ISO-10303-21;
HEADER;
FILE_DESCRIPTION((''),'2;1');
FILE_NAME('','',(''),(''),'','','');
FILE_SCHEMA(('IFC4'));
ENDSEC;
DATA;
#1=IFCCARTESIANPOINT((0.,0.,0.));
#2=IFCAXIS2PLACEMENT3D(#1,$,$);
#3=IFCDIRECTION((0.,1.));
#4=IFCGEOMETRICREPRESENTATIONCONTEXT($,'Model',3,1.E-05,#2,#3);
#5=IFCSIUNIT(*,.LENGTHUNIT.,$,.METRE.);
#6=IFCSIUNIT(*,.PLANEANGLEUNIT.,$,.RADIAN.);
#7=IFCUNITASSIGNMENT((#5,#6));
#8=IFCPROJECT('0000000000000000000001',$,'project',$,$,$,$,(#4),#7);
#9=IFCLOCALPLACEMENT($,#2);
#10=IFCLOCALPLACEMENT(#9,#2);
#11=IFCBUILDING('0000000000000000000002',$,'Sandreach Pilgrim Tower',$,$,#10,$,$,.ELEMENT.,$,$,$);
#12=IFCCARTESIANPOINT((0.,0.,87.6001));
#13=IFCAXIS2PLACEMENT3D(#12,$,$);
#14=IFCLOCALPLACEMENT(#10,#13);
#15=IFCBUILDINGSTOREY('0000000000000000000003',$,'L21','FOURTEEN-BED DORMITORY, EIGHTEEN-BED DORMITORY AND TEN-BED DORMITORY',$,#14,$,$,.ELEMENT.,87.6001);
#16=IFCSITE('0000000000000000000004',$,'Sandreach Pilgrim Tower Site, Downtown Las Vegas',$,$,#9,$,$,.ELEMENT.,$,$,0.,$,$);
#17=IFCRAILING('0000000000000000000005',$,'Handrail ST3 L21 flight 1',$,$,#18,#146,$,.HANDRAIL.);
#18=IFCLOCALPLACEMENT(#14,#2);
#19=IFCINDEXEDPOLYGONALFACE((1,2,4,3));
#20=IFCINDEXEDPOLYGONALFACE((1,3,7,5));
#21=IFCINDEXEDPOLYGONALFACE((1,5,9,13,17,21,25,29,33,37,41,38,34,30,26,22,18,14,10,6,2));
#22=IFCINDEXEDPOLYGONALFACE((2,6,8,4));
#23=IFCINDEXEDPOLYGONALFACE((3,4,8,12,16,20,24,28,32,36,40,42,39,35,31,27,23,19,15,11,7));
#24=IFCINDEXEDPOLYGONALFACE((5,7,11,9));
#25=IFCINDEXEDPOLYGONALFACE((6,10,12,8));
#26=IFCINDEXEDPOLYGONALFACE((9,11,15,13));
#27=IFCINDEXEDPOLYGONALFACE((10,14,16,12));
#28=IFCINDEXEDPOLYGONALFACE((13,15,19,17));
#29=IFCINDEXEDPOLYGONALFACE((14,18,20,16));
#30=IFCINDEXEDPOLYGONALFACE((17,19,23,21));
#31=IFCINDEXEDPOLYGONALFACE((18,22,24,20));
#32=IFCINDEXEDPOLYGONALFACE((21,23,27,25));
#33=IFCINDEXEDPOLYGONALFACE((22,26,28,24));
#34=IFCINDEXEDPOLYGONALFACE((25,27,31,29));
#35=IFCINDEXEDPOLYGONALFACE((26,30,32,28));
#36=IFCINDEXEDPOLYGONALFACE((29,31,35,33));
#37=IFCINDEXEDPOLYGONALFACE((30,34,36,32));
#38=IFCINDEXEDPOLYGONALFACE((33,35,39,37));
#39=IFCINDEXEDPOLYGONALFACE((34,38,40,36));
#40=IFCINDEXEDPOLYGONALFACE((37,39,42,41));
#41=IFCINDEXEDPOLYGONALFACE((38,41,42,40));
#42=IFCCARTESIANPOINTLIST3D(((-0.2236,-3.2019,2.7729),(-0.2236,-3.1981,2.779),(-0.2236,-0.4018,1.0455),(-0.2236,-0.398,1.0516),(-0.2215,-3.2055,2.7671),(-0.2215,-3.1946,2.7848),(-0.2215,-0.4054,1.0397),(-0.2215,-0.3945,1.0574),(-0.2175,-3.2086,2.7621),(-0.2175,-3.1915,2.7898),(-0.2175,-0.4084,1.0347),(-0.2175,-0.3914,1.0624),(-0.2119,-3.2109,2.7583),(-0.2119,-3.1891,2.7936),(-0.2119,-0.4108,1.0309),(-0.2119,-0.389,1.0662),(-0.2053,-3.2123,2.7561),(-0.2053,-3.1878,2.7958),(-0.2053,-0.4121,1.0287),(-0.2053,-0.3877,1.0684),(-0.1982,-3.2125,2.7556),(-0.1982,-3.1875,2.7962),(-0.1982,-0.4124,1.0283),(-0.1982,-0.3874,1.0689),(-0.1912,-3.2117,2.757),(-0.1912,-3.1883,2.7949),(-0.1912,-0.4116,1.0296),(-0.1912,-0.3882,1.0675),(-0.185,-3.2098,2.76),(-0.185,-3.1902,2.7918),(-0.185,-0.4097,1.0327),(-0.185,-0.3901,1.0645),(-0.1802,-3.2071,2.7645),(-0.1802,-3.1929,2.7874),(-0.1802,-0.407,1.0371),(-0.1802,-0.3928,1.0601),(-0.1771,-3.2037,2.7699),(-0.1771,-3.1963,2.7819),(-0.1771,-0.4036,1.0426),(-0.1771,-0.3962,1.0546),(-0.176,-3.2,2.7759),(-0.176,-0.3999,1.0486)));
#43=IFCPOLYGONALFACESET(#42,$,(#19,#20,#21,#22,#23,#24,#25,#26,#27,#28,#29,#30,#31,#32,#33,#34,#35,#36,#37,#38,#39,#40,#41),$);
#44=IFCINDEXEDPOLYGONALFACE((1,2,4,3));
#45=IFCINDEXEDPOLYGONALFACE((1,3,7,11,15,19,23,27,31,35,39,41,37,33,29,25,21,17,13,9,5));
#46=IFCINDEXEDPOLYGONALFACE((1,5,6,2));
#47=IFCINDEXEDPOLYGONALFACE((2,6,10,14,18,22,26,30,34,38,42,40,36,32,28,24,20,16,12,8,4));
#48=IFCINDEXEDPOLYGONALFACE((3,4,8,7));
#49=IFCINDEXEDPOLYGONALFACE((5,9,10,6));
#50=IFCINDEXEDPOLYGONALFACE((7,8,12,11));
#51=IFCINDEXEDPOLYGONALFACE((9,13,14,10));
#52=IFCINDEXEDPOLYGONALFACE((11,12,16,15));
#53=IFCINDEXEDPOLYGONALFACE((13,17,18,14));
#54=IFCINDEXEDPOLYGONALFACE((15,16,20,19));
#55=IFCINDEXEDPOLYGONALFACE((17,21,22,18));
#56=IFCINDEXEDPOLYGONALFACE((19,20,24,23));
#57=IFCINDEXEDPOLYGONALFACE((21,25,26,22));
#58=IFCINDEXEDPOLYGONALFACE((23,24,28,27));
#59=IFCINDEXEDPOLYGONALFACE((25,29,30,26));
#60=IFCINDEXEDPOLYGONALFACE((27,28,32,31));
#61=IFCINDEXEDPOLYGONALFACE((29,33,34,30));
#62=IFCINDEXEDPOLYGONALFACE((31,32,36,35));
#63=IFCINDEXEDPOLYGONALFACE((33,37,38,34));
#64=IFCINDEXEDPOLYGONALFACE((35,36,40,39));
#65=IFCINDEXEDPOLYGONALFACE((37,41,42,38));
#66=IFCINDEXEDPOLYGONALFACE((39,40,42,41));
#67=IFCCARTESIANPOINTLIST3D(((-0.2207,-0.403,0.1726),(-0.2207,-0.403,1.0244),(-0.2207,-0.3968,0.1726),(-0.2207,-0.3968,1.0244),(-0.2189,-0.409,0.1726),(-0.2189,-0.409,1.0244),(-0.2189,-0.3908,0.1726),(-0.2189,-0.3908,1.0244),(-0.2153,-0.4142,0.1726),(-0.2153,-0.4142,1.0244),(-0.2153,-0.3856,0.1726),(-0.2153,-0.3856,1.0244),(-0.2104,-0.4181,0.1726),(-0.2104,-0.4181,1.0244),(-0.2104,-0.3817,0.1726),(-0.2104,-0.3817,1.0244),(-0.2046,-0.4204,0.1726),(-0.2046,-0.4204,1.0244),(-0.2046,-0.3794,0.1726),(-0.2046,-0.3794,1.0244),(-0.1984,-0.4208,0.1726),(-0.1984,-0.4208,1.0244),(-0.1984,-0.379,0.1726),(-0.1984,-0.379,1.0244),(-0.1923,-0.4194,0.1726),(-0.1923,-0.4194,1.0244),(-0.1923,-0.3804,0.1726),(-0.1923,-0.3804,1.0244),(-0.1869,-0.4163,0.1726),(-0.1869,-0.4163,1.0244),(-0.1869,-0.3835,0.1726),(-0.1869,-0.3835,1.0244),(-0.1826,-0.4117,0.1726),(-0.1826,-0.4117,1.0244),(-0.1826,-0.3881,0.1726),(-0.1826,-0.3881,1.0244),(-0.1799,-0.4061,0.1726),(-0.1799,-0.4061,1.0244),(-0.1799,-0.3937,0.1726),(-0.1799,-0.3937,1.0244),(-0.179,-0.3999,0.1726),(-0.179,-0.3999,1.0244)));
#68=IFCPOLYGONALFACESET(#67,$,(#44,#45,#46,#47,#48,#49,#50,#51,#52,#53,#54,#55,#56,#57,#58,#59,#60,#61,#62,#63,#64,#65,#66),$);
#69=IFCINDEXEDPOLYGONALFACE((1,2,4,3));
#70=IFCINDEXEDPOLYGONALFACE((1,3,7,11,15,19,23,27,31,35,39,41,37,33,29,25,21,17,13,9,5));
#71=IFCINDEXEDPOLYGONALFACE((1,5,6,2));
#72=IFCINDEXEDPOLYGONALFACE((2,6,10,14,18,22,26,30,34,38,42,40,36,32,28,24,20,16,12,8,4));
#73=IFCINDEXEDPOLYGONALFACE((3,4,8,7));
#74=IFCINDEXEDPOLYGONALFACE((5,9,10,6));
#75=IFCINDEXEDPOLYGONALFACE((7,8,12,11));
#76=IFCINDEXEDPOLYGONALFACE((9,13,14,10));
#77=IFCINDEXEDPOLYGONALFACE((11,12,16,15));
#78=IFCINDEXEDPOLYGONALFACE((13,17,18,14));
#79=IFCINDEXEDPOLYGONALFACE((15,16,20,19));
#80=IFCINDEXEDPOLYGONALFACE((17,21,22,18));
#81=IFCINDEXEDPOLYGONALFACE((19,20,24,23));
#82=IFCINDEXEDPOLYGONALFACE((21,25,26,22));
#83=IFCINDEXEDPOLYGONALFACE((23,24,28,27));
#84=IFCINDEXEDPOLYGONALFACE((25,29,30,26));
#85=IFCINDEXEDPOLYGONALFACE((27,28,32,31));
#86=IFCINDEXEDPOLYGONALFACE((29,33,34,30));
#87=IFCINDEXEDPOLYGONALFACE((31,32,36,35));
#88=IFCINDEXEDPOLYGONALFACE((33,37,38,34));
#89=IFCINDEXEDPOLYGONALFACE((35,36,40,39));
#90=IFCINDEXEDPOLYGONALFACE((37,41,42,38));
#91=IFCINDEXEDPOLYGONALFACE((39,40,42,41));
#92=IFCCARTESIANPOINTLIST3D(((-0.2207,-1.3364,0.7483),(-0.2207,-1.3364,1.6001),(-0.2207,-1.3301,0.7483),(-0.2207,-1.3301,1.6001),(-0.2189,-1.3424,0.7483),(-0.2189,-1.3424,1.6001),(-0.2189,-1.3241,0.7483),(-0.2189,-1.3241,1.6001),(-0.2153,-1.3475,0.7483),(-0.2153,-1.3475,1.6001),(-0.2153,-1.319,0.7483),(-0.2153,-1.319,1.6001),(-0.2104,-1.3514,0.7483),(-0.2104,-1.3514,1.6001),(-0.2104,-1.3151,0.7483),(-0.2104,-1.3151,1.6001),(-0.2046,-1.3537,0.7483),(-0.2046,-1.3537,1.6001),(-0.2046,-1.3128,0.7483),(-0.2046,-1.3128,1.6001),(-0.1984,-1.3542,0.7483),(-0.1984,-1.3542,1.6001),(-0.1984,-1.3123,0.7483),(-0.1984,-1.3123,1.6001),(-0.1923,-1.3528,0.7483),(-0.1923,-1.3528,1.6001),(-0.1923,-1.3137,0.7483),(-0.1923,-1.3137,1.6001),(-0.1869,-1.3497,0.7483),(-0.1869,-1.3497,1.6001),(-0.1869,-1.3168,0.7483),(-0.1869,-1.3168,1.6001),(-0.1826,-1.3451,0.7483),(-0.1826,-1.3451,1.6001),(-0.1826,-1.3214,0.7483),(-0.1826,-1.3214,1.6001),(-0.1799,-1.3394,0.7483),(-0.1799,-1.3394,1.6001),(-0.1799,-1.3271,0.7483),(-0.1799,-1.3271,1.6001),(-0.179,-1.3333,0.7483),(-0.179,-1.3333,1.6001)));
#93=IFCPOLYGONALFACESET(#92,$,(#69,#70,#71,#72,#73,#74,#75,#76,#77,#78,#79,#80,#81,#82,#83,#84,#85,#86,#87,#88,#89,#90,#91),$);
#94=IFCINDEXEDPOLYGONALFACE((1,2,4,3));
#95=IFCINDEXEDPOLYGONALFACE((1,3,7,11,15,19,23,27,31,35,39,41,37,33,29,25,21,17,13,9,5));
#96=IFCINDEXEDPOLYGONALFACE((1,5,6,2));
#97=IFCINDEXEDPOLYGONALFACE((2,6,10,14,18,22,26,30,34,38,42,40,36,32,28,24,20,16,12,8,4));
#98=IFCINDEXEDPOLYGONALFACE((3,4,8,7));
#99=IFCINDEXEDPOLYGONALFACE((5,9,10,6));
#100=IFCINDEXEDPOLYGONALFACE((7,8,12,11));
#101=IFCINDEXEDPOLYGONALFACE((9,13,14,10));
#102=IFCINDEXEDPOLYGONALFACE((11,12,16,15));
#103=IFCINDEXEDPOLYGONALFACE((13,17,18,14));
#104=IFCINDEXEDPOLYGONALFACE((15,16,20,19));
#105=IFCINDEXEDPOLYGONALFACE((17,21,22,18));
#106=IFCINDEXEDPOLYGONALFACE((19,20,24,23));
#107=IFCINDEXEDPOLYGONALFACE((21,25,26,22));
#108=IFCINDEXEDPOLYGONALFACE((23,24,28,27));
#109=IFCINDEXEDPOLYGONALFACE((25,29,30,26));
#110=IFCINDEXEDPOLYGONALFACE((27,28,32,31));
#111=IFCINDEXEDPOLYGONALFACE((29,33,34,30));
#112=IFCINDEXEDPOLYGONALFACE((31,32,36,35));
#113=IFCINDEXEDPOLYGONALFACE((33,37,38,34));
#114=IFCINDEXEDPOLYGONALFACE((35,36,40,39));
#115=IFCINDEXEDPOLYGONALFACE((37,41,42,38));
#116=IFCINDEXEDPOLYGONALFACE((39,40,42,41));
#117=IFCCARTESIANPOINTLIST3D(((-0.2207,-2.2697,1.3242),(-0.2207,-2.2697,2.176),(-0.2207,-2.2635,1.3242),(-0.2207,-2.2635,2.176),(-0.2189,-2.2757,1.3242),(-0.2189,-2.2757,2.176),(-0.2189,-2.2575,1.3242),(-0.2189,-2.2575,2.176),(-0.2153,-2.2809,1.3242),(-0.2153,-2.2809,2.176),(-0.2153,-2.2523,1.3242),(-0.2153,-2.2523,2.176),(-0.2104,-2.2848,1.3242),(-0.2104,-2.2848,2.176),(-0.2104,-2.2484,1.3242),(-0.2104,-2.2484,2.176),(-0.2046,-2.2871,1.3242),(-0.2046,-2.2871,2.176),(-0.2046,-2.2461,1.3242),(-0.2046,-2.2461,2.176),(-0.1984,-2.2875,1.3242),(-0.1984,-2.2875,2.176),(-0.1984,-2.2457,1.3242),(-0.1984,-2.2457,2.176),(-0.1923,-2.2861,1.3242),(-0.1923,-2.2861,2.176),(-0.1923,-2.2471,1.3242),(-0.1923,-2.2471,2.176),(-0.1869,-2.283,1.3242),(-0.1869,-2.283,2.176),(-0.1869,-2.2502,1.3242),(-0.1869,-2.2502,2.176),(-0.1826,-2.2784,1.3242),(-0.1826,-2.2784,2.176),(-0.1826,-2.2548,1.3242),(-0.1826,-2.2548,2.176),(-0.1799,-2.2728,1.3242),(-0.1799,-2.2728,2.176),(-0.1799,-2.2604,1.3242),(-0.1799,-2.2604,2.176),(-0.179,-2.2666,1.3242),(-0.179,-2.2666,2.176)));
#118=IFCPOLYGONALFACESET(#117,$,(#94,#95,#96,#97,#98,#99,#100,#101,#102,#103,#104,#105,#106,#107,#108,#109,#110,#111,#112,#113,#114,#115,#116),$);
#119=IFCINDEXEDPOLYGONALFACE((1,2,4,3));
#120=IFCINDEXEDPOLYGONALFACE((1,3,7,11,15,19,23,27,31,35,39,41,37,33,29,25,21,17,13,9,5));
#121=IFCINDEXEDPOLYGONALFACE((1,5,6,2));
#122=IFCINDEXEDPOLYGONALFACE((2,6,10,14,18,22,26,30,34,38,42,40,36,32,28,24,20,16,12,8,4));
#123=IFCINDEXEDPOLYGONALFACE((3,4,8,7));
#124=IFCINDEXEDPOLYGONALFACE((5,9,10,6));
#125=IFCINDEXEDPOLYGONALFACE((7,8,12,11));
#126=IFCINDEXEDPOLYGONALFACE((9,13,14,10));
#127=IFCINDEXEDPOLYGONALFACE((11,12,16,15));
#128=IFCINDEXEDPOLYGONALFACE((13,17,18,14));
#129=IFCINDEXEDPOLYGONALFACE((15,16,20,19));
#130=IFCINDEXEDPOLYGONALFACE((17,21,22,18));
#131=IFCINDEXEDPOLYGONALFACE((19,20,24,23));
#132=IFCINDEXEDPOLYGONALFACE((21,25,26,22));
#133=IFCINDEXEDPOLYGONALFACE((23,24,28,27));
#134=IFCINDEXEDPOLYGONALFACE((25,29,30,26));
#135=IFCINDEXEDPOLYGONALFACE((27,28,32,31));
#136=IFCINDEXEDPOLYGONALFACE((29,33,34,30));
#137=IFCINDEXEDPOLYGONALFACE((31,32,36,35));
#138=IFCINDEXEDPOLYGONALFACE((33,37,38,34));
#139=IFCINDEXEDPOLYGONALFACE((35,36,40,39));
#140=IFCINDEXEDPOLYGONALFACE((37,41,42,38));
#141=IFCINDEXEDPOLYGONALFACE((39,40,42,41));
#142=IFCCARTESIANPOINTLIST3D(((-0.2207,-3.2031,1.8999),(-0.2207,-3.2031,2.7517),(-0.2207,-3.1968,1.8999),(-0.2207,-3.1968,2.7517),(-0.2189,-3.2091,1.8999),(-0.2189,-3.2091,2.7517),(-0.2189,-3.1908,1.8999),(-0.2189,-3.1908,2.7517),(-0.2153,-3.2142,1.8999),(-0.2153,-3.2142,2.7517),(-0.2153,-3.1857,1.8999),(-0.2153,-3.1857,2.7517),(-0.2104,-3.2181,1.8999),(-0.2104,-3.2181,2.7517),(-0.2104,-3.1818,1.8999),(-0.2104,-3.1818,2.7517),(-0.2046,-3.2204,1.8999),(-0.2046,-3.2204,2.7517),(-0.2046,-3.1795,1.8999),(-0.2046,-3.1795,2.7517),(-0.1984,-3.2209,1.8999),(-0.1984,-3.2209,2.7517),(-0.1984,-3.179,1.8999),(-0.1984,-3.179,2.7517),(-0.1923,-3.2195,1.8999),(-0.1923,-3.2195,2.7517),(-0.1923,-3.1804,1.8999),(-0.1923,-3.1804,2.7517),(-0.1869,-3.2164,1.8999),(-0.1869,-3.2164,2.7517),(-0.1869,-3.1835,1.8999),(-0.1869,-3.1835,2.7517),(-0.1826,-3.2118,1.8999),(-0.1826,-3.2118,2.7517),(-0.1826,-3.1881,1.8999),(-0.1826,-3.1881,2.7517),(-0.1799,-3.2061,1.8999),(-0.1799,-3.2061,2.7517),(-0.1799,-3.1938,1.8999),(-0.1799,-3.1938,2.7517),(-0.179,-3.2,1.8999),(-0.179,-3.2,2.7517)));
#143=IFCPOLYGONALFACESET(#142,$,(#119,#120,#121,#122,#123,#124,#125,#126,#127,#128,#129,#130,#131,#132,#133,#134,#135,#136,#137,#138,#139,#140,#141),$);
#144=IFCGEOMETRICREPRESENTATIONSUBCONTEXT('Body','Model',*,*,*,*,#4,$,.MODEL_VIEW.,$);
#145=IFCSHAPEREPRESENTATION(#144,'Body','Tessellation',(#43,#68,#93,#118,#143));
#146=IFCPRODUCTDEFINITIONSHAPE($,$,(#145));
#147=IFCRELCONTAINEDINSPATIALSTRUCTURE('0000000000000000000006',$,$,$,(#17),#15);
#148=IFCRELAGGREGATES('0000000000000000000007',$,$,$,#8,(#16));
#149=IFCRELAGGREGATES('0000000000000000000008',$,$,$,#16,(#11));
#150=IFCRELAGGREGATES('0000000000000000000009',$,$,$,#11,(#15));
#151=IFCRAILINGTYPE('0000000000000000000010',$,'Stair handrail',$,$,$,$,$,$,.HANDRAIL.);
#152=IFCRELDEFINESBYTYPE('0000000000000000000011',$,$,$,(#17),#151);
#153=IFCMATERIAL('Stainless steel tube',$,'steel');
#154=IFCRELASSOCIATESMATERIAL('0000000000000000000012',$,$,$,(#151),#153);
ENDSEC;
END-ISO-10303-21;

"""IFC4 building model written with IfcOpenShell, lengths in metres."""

from ifc_helpers import new_model, si_unit, direction, frame, origin, origin_2d, place, context, subcontext, project, spatial, circle, extrude, material, type_object, element, save


model = new_model("IFC4")

# Units and contexts
model_context = context("Model", 3, precision=1e-05, world=origin(), true_north=direction((0.0, 1.0)))
body_context = subcontext(model_context, "Body", "Model", "MODEL_VIEW")
ifc_project = project(units=[si_unit("LENGTHUNIT", "METRE"), si_unit("PLANEANGLEUNIT", "RADIAN")], contexts=[model_context])

# Site, building, storey
site_placement = place(None, origin())
site = spatial("IfcSite", under=ifc_project, at=site_placement, Name="Sandreach Pilgrim Tower Site, Downtown Las Vegas", CompositionType="ELEMENT", RefElevation=0.0)
building_placement = place(site_placement, origin())
building = spatial("IfcBuilding", under=site, at=building_placement, Name="Sandreach Pilgrim Tower", CompositionType="ELEMENT")
storey_placement = place(building_placement, frame((0.0, 0.0, 87.6001)))
storey = spatial("IfcBuildingStorey", under=building, at=storey_placement, Name="L21", Description="FOURTEEN-BED DORMITORY, EIGHTEEN-BED DORMITORY AND TEN-BED DORMITORY", CompositionType="ELEMENT", Elevation=87.6001)

# Railing
ifc_material_1 = material(Name="Stainless steel tube", Category="steel")
railing_type = type_object("IfcRailingType", Name="Stair handrail", PredefinedType="HANDRAIL", material=ifc_material_1)
for number, where, name in (
    (1, (-0.2, -0.3999, 0.1726), "Handrail ST3 L21 flight 1"),
):
    element("IfcRailing", number, at=place(storey_placement, frame(where)), inside=storey, type_object=railing_type, Name=name, PredefinedType="HANDRAIL", context=body_context, shape_type="SweptSolid", body=[
        extrude(circle(Radius=0.0239, at=origin_2d()), frame((0.0, 0.0, 0.876), z_axis=(0.0, -0.85109, 0.52502), x_axis=(1.0, 0.0, 0.0)), (0.0, 0.0, 1.0), 3.29),
        extrude(circle(Radius=0.021, at=origin_2d()), origin(), (0.0, 0.0, 1.0), 0.8518),
        extrude(circle(Radius=0.021, at=origin_2d()), frame((0.0, -0.9333, 0.5757)), (0.0, 0.0, 1.0), 0.8518),
        extrude(circle(Radius=0.021, at=origin_2d()), frame((0.0, -1.8667, 1.1516)), (0.0, 0.0, 1.0), 0.8518),
        extrude(circle(Radius=0.021, at=origin_2d()), frame((0.0, -2.8, 1.7273)), (0.0, 0.0, 1.0), 0.8518),
    ])

save(model, "model.ifc")
